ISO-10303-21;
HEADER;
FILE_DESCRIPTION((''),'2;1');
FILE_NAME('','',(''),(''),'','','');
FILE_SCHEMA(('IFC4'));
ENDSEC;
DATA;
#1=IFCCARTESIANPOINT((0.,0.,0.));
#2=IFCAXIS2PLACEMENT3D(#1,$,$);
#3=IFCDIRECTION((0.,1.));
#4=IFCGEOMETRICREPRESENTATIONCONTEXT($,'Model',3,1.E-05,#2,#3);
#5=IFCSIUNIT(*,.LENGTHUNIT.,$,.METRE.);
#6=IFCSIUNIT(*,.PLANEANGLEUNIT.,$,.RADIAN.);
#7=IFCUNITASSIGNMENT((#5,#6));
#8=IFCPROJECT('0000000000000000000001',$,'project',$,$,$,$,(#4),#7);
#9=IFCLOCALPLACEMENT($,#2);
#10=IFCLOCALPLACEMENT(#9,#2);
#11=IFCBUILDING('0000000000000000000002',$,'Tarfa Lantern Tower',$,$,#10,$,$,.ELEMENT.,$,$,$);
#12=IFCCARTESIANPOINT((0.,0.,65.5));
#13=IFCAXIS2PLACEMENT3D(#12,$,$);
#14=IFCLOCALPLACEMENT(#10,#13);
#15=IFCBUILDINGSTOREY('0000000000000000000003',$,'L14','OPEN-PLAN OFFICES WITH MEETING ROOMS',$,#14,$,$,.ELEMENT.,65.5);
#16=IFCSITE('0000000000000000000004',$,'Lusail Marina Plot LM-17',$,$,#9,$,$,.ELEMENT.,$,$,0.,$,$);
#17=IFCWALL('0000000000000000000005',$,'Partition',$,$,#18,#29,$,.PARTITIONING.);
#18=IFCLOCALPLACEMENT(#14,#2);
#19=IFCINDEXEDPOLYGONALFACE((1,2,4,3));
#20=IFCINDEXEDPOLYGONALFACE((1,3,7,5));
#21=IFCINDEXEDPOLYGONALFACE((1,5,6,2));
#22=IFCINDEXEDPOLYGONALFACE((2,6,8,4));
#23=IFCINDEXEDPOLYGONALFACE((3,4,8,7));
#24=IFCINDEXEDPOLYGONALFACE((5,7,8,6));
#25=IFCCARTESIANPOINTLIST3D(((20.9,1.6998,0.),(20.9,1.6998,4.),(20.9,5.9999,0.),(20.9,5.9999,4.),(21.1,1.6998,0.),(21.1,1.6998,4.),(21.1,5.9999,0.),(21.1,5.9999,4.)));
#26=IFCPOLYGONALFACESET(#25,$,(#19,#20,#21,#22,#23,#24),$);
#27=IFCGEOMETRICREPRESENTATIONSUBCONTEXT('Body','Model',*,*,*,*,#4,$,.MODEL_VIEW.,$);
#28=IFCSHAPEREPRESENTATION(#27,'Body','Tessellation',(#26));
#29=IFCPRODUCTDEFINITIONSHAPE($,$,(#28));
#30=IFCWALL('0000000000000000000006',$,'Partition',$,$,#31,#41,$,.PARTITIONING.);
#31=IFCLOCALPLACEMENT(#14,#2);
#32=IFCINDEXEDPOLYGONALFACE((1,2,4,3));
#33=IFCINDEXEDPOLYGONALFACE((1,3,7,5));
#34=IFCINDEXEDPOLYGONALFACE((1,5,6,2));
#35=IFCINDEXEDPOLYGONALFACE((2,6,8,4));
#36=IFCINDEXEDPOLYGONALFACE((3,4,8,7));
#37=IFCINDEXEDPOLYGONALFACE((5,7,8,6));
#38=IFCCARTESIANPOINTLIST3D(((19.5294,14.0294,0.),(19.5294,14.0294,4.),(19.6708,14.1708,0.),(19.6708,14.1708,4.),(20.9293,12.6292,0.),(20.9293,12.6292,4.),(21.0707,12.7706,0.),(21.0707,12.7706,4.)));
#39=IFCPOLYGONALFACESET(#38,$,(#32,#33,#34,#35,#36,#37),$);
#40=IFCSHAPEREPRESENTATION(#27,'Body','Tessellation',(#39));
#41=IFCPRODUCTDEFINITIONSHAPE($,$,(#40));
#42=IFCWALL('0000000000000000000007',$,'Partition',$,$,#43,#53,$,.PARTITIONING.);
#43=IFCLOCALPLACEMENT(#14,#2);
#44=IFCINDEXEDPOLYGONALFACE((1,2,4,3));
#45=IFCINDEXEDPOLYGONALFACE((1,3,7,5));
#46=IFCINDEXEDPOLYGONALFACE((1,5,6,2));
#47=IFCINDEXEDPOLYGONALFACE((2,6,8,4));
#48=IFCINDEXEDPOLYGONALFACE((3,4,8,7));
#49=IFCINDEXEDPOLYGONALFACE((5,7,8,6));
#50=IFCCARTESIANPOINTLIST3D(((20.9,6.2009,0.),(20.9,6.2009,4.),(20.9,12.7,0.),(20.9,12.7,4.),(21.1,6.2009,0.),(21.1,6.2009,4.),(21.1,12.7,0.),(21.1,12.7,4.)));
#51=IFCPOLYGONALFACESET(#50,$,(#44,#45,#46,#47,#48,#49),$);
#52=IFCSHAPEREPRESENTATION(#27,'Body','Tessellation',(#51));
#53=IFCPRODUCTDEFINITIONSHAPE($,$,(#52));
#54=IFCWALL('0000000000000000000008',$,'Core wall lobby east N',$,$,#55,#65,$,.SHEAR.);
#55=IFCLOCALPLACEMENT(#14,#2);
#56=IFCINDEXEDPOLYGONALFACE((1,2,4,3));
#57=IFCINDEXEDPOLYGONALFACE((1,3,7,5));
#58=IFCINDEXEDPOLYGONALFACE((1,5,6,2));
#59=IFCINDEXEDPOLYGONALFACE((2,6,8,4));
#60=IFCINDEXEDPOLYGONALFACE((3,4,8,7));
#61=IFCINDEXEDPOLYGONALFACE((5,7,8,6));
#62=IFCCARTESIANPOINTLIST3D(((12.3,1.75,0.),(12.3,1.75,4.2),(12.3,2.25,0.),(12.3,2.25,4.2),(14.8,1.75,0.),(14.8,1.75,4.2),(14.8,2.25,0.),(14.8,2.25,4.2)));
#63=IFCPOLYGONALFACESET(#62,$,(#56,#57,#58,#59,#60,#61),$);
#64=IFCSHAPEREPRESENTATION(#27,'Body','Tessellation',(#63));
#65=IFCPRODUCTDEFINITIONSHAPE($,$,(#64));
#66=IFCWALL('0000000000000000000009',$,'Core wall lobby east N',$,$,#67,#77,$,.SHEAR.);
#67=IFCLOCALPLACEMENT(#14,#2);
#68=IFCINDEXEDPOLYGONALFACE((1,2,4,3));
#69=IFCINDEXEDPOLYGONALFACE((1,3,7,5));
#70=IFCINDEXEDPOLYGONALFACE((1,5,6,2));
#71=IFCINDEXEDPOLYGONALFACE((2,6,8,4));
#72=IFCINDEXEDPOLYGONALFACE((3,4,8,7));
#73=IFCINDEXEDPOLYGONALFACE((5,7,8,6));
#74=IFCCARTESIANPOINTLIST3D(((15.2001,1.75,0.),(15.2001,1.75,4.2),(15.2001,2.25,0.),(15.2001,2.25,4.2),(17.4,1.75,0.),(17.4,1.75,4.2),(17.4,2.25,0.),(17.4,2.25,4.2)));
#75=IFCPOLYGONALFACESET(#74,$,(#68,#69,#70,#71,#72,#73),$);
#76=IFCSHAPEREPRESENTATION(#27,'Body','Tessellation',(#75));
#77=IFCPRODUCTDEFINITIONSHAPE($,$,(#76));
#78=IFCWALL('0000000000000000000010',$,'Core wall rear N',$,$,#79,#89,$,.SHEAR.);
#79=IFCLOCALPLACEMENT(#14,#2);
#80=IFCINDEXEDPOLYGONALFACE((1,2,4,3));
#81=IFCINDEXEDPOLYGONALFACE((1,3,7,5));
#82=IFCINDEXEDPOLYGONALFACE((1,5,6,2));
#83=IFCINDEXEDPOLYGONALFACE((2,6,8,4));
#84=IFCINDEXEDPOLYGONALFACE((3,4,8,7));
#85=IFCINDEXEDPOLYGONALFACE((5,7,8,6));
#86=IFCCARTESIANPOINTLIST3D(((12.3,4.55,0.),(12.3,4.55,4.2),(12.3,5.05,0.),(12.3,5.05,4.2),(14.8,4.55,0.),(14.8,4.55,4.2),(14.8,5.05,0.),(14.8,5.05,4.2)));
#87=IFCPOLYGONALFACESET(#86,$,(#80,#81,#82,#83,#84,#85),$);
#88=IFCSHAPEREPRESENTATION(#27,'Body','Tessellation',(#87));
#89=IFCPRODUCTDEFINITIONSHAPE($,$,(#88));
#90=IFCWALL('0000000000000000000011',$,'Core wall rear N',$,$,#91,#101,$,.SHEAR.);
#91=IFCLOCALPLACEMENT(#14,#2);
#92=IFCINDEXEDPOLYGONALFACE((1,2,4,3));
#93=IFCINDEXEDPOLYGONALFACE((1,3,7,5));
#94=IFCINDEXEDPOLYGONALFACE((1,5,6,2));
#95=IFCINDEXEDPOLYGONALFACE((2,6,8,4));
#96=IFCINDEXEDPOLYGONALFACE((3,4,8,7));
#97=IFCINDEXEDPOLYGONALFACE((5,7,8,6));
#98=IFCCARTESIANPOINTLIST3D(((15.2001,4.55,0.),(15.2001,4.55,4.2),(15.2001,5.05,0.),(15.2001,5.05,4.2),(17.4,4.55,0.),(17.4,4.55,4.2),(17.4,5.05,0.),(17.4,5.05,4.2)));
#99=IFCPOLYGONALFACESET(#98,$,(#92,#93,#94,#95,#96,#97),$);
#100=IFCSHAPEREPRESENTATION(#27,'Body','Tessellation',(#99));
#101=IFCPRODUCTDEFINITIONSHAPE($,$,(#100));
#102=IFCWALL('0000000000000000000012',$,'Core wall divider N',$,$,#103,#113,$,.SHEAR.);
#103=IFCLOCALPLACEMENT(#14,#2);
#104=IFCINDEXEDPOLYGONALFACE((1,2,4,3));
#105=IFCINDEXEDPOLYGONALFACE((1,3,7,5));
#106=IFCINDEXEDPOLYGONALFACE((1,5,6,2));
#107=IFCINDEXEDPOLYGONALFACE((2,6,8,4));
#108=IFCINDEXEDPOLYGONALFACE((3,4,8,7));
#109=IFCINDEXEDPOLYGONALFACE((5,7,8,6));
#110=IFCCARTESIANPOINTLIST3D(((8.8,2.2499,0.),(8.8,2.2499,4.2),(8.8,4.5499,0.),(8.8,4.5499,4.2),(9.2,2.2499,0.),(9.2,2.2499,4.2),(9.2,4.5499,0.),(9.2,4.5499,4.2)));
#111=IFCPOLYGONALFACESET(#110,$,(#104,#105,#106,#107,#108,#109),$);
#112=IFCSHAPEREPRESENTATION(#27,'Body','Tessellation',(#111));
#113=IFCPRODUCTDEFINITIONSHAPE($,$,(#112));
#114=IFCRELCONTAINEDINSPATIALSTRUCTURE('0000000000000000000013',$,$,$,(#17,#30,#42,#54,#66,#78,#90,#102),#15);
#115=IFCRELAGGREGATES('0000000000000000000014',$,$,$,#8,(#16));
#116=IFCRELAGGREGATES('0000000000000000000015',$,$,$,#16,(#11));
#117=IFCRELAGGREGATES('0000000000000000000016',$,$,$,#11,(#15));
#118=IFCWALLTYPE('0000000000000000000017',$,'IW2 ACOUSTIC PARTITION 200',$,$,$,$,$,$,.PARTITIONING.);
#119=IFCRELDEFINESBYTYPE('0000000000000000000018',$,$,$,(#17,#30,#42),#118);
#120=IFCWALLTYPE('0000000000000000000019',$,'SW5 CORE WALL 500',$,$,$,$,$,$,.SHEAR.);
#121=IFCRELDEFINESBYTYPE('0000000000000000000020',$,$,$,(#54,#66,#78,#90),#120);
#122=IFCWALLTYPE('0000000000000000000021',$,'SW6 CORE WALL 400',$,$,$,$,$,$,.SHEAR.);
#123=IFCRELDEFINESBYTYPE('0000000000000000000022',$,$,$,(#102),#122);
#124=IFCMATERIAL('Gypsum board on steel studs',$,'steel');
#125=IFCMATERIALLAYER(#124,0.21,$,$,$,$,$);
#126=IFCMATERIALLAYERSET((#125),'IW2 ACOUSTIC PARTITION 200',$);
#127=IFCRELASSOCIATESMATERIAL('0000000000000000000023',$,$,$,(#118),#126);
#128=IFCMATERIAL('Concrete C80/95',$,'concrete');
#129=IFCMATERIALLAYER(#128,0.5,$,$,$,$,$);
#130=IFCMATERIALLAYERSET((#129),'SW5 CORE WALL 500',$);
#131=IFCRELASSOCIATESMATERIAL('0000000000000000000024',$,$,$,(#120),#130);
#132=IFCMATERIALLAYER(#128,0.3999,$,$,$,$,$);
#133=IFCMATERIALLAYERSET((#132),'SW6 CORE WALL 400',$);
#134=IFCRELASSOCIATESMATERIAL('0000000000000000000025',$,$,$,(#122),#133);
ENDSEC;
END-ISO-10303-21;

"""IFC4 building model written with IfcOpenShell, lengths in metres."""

from ifc_helpers import new_model, si_unit, direction, frame, frame_2d, origin, place, context, subcontext, project, spatial, rectangle, extrude, material, layer, layer_set, type_object, element, save


model = new_model("IFC4")

# Units and contexts
model_context = context("Model", 3, precision=1e-05, world=origin(), true_north=direction((0.0, 1.0)))
body_context = subcontext(model_context, "Body", "Model", "MODEL_VIEW")
ifc_project = project(units=[si_unit("LENGTHUNIT", "METRE"), si_unit("PLANEANGLEUNIT", "RADIAN")], contexts=[model_context])

# Site, building, storey
site_placement = place(None, origin())
site = spatial("IfcSite", under=ifc_project, at=site_placement, Name="Lusail Marina Plot LM-17", CompositionType="ELEMENT", RefElevation=0.0)
building_placement = place(site_placement, origin())
building = spatial("IfcBuilding", under=site, at=building_placement, Name="Tarfa Lantern Tower", CompositionType="ELEMENT")
storey_placement = place(building_placement, frame((0.0, 0.0, 65.5)))
storey = spatial("IfcBuildingStorey", under=building, at=storey_placement, Name="L14", Description="OPEN-PLAN OFFICES WITH MEETING ROOMS", CompositionType="ELEMENT", Elevation=65.5)

# Shared definitions
ifc_material_1 = material(Name="Gypsum board on steel studs", Category="steel")
ifc_layer_1 = layer(ifc_material_1, 0.21)
ifc_layer_set_1 = layer_set([ifc_layer_1], Name="IW2 ACOUSTIC PARTITION 200")
wall_type_1 = type_object("IfcWallType", Name="IW2 ACOUSTIC PARTITION 200", PredefinedType="PARTITIONING", material=ifc_layer_set_1)

# Walls
wall_1_placement = place(storey_placement, frame((21.0, 1.7, 0.0), z_axis=(0.0, 0.0, 1.0), x_axis=(0.0, 1.0, 0.0)))
element("IfcWall", 1, at=wall_1_placement, inside=storey, type_object=wall_type_1, Name="Partition", PredefinedType="PARTITIONING", context=body_context, shape_type="SweptSolid", body=[
    extrude(rectangle(XDim=4.3, YDim=0.2, at=frame_2d((2.1499, 0.0))), origin(), (0.0, 0.0, 1.0), 4.0),
])
wall_2_placement = place(storey_placement, frame((19.6001, 14.1001, 0.0), z_axis=(0.0, 0.0, 1.0), x_axis=(0.707045, -0.707168, 0.0)))
element("IfcWall", 2, at=wall_2_placement, inside=storey, type_object=wall_type_1, Name="Partition", PredefinedType="PARTITIONING", context=body_context, shape_type="SweptSolid", body=[
    extrude(rectangle(XDim=1.98, YDim=0.2, at=frame_2d((0.99, 0.0))), origin(), (0.0, 0.0, 1.0), 4.0),
])

# Walls
wall_3_placement = place(storey_placement, frame((21.0, 12.7, 0.0), z_axis=(0.0, 0.0, 1.0), x_axis=(0.0, -1.0, 0.0)))
element("IfcWall", 3, at=wall_3_placement, inside=storey, type_object=wall_type_1, Name="Partition", PredefinedType="PARTITIONING", context=body_context, shape_type="SweptSolid", body=[
    extrude(rectangle(XDim=6.499, YDim=0.2, at=frame_2d((3.2495, 0.0))), origin(), (0.0, 0.0, 1.0), 4.0),
])
ifc_material_2 = material(Name="Concrete C80/95", Category="concrete")
ifc_layer_2 = layer(ifc_material_2, 0.5)
ifc_layer_set_2 = layer_set([ifc_layer_2], Name="SW5 CORE WALL 500")
wall_type_2 = type_object("IfcWallType", Name="SW5 CORE WALL 500", PredefinedType="SHEAR", material=ifc_layer_set_2)
wall_4_placement = place(storey_placement, frame((12.3, 2.0, 0.0), z_axis=(0.0, 0.0, 1.0), x_axis=(1.0, 0.0, 0.0)))
element("IfcWall", 4, at=wall_4_placement, inside=storey, type_object=wall_type_2, Name="Core wall lobby east N", PredefinedType="SHEAR", context=body_context, shape_type="SweptSolid", body=[
    extrude(rectangle(XDim=2.5, YDim=0.5, at=frame_2d((1.25, 0.0))), origin(), (0.0, 0.0, 1.0), 4.2),
])
wall_5_placement = place(storey_placement, frame((15.2, 2.0, 0.0), z_axis=(0.0, 0.0, 1.0), x_axis=(1.0, 0.0, 0.0)))
element("IfcWall", 5, at=wall_5_placement, inside=storey, type_object=wall_type_2, Name="Core wall lobby east N", PredefinedType="SHEAR", context=body_context, shape_type="SweptSolid", body=[
    extrude(rectangle(XDim=2.2, YDim=0.5, at=frame_2d((1.1001, 0.0))), origin(), (0.0, 0.0, 1.0), 4.2),
])
wall_6_placement = place(storey_placement, frame((12.3, 4.8, 0.0), z_axis=(0.0, 0.0, 1.0), x_axis=(1.0, 0.0, 0.0)))
element("IfcWall", 6, at=wall_6_placement, inside=storey, type_object=wall_type_2, Name="Core wall rear N", PredefinedType="SHEAR", context=body_context, shape_type="SweptSolid", body=[
    extrude(rectangle(XDim=2.5, YDim=0.5, at=frame_2d((1.25, 0.0))), origin(), (0.0, 0.0, 1.0), 4.2),
])
wall_7_placement = place(storey_placement, frame((15.2, 4.8, 0.0), z_axis=(0.0, 0.0, 1.0), x_axis=(1.0, 0.0, 0.0)))
element("IfcWall", 7, at=wall_7_placement, inside=storey, type_object=wall_type_2, Name="Core wall rear N", PredefinedType="SHEAR", context=body_context, shape_type="SweptSolid", body=[
    extrude(rectangle(XDim=2.2, YDim=0.5, at=frame_2d((1.1001, 0.0))), origin(), (0.0, 0.0, 1.0), 4.2),
])
ifc_layer_3 = layer(ifc_material_2, 0.3999)
ifc_layer_set_3 = layer_set([ifc_layer_3], Name="SW6 CORE WALL 400")
wall_type_3 = type_object("IfcWallType", Name="SW6 CORE WALL 400", PredefinedType="SHEAR", material=ifc_layer_set_3)
wall_8_placement = place(storey_placement, frame((9.0, 2.25, 0.0), z_axis=(0.0, 0.0, 1.0), x_axis=(0.0, 1.0, 0.0)))
element("IfcWall", 8, at=wall_8_placement, inside=storey, type_object=wall_type_3, Name="Core wall divider N", PredefinedType="SHEAR", context=body_context, shape_type="SweptSolid", body=[
    extrude(rectangle(XDim=2.3, YDim=0.3999, at=frame_2d((1.1499, 0.0))), origin(), (0.0, 0.0, 1.0), 4.2),
])

save(model, "model.ifc")
